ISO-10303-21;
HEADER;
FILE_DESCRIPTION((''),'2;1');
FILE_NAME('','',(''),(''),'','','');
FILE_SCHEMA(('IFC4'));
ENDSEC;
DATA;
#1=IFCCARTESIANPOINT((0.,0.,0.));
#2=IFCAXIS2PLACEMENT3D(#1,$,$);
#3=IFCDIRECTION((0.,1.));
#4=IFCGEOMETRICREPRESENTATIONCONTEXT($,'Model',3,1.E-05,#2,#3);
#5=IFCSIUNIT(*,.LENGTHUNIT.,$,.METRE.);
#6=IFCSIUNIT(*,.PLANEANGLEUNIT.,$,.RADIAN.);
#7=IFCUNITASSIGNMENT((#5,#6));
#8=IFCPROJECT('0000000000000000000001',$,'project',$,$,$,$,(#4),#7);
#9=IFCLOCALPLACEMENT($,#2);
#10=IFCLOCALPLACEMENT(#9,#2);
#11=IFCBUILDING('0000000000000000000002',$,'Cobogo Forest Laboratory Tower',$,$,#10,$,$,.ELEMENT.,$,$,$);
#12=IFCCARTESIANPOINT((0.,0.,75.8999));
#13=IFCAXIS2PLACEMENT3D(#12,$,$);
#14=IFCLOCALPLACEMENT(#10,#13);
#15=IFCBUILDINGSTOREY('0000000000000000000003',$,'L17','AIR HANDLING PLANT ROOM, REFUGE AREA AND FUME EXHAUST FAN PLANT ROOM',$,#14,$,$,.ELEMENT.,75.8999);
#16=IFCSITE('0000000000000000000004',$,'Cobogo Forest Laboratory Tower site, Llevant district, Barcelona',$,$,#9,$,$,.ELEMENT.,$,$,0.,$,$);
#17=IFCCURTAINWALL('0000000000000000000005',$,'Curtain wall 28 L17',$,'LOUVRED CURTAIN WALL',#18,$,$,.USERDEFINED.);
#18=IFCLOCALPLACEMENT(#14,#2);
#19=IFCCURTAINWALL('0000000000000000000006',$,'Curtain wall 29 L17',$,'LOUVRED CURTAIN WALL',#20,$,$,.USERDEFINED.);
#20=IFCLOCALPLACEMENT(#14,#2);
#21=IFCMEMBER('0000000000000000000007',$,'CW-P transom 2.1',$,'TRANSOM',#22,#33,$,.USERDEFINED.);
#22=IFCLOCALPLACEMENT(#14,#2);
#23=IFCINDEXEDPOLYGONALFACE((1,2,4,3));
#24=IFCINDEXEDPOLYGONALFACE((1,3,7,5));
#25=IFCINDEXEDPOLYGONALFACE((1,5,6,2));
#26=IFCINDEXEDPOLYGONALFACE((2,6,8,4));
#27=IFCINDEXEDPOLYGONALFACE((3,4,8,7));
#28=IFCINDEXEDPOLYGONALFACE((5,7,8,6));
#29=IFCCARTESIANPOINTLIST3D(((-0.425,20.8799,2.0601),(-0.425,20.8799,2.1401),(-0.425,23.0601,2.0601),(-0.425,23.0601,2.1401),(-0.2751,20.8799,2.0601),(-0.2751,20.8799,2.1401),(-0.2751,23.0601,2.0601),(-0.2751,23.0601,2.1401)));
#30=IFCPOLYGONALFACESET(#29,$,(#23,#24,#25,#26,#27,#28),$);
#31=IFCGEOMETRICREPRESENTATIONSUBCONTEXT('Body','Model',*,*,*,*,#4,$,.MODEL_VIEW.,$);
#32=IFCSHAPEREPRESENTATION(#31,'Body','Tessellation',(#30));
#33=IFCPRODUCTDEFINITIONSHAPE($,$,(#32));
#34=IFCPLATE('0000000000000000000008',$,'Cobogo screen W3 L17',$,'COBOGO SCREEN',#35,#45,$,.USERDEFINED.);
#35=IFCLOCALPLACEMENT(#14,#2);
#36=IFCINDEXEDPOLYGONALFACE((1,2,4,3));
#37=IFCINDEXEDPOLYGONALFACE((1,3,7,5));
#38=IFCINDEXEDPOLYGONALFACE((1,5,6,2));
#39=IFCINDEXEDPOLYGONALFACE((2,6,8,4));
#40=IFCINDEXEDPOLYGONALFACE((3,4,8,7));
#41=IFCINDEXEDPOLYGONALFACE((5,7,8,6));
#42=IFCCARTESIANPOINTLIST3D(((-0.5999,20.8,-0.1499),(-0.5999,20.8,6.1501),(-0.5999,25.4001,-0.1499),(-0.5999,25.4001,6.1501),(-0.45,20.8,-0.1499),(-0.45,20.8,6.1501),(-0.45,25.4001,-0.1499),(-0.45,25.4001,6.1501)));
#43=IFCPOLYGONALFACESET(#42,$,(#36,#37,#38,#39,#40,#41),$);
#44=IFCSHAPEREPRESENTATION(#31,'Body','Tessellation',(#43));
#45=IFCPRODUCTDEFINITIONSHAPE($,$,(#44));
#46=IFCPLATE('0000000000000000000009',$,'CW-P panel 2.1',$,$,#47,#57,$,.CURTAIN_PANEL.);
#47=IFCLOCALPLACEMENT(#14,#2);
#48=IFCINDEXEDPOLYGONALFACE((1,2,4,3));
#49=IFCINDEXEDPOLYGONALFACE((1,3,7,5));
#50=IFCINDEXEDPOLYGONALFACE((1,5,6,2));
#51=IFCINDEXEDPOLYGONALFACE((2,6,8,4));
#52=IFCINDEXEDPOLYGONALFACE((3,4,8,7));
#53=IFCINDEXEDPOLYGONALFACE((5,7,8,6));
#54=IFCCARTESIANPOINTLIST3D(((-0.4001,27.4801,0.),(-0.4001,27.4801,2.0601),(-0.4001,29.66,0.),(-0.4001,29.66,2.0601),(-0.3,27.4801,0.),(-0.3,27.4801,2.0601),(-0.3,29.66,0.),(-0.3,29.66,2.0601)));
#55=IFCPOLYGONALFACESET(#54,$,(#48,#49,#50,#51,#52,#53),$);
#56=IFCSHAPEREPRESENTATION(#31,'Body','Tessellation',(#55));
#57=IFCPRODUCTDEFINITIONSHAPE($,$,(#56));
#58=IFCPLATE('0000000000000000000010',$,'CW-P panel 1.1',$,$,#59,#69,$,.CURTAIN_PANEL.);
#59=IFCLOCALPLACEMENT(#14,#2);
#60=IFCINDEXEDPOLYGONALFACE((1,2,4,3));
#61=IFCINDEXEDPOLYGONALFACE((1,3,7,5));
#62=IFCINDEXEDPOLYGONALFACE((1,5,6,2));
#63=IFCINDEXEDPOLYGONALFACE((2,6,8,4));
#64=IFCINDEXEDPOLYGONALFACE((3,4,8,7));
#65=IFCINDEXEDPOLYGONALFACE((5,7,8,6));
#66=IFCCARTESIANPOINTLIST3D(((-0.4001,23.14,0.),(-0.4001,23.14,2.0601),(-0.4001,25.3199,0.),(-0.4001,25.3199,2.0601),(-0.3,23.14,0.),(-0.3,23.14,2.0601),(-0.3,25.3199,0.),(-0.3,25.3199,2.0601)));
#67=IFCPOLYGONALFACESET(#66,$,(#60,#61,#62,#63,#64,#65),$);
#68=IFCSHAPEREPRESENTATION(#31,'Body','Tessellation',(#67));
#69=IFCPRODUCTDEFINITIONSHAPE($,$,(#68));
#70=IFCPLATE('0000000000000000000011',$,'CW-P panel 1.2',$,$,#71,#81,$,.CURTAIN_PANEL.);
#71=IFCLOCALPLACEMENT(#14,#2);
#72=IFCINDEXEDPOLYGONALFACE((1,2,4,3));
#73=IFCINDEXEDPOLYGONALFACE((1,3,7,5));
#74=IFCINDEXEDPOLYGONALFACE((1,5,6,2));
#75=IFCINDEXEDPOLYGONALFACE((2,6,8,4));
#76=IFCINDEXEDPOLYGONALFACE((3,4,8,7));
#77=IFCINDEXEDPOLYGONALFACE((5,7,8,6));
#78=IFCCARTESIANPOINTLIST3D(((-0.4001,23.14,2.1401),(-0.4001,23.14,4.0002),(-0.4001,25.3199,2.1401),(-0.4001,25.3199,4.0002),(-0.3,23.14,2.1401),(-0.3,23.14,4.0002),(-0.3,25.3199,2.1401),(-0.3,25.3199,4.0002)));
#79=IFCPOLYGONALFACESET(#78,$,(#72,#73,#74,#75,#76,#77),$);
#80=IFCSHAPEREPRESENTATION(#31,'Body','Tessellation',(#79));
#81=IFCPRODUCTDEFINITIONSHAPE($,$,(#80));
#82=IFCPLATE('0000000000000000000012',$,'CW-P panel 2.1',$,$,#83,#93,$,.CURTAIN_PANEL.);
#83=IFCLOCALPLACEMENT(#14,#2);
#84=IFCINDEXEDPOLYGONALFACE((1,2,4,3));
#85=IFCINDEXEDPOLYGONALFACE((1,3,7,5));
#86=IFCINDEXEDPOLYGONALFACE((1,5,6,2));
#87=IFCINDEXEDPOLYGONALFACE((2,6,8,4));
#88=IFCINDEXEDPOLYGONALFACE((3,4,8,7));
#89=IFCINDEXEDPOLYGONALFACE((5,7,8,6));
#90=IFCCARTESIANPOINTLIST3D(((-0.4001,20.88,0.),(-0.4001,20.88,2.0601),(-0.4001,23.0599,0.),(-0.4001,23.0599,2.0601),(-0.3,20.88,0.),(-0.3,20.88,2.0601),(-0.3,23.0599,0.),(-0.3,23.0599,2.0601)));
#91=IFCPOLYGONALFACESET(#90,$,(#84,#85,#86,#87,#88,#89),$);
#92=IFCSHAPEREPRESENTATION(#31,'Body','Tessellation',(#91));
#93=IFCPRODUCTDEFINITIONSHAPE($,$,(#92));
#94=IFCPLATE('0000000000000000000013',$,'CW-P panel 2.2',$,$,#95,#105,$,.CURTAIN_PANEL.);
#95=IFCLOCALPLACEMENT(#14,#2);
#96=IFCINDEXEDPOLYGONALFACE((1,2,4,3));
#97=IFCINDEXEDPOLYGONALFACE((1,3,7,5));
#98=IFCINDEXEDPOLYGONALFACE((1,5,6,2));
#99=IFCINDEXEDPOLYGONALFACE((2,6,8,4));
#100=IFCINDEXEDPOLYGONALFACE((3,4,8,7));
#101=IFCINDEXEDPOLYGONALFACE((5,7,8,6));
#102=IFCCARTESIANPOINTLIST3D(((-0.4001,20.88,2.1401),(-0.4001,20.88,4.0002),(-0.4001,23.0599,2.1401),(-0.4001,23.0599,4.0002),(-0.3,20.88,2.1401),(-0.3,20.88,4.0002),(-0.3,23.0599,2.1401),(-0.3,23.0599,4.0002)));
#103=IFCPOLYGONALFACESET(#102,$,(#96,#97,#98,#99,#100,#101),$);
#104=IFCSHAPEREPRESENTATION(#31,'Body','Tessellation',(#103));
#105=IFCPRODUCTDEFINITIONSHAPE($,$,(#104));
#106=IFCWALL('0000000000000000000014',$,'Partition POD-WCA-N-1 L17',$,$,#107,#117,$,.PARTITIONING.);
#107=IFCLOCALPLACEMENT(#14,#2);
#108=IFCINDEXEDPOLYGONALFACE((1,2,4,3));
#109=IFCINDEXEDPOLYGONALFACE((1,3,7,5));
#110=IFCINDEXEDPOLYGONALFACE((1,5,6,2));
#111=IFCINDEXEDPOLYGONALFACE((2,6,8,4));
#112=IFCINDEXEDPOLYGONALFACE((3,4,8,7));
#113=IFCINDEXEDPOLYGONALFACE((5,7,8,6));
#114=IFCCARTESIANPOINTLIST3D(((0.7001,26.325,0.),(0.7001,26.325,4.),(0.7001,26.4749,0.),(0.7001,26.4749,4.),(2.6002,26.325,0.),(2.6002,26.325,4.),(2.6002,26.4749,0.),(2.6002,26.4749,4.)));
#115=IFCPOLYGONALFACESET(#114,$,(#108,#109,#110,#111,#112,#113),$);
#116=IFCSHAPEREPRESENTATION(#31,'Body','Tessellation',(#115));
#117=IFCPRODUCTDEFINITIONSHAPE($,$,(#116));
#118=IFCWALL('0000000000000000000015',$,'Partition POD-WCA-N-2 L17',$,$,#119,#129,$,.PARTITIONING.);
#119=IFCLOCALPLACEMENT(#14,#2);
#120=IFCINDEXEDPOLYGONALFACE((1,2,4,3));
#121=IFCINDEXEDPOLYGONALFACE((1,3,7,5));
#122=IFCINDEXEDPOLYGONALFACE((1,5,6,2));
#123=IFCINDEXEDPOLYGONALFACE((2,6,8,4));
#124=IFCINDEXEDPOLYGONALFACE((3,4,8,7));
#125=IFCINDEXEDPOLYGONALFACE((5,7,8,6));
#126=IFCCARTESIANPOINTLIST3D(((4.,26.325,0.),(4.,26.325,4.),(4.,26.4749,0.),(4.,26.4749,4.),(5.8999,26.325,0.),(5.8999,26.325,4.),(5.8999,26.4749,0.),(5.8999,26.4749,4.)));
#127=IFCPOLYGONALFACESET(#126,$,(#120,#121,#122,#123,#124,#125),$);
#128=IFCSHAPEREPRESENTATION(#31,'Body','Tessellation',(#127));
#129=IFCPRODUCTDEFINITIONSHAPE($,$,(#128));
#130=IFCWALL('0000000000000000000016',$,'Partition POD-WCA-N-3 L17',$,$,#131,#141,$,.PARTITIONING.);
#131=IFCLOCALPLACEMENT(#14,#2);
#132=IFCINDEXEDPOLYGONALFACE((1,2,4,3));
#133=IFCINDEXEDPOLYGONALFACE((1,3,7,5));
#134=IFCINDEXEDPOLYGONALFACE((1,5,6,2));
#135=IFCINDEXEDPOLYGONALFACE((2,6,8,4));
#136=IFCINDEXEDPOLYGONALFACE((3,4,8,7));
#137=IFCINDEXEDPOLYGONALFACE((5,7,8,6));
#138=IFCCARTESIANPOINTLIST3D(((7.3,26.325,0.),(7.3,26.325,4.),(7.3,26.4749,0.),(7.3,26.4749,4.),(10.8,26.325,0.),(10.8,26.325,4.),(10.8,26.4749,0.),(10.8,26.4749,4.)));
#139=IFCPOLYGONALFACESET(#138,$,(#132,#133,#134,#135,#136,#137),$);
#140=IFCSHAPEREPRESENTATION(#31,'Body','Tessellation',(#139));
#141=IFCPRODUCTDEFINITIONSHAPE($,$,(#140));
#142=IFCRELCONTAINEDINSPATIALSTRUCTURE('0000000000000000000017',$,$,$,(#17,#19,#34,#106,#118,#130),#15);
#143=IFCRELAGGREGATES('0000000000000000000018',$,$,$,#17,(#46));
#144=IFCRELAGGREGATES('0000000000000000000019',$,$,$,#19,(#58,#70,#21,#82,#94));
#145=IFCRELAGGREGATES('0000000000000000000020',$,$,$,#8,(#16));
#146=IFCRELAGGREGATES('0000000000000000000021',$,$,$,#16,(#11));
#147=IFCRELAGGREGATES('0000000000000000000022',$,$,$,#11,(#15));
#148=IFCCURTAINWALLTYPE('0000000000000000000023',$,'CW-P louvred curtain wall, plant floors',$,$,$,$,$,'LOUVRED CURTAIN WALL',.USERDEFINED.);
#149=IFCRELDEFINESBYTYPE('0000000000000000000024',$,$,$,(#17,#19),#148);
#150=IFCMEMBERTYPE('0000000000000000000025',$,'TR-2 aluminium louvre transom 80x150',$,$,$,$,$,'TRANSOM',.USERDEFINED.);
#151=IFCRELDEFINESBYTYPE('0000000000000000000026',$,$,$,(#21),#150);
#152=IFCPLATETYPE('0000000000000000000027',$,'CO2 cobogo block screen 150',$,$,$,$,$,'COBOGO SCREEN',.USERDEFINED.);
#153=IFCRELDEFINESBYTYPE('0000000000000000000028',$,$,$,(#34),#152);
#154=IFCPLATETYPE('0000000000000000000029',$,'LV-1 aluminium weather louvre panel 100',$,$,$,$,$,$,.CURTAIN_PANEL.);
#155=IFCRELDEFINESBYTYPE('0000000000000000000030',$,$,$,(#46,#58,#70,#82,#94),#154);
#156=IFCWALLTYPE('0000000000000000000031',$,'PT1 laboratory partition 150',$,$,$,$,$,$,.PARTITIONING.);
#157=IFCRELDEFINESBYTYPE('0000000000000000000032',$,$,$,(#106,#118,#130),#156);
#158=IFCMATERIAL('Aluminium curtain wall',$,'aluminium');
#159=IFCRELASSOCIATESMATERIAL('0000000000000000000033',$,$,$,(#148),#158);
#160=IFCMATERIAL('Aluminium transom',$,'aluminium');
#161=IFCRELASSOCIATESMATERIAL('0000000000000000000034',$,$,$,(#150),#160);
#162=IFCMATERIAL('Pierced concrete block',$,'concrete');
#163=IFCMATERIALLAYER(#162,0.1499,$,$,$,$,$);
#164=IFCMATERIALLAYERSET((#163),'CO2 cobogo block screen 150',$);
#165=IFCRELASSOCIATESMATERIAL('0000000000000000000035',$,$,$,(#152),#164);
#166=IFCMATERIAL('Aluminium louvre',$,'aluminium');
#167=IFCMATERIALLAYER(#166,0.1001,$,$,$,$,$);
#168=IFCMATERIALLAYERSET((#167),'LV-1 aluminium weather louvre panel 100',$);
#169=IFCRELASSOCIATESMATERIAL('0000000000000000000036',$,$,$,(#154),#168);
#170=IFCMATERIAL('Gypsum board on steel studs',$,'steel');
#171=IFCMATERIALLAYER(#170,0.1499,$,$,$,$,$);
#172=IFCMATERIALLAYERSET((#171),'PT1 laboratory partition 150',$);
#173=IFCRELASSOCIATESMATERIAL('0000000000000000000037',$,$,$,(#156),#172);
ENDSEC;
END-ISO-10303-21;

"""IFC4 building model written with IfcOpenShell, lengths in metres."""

from ifc_helpers import new_model, si_unit, direction, frame, frame_2d, origin, origin_2d, place, context, subcontext, project, spatial, rectangle, extrude, material, layer, layer_set, material_profile, profile_set, type_object, element, aggregate, save


model = new_model("IFC4")

# Units and contexts
model_context = context("Model", 3, precision=1e-05, world=origin(), true_north=direction((0.0, 1.0)))
body_context = subcontext(model_context, "Body", "Model", "MODEL_VIEW")
ifc_project = project(units=[si_unit("LENGTHUNIT", "METRE"), si_unit("PLANEANGLEUNIT", "RADIAN")], contexts=[model_context])

# Site, building, storey
site_placement = place(None, origin())
site = spatial("IfcSite", under=ifc_project, at=site_placement, Name="Cobogo Forest Laboratory Tower site, Llevant district, Barcelona", CompositionType="ELEMENT", RefElevation=0.0)
building_placement = place(site_placement, origin())
building = spatial("IfcBuilding", under=site, at=building_placement, Name="Cobogo Forest Laboratory Tower", CompositionType="ELEMENT")
storey_placement = place(building_placement, frame((0.0, 0.0, 75.8999)))
storey = spatial("IfcBuildingStorey", under=building, at=storey_placement, Name="L17", Description="AIR HANDLING PLANT ROOM, REFUGE AREA AND FUME EXHAUST FAN PLANT ROOM", CompositionType="ELEMENT", Elevation=75.8999)

# Curtain wall
ifc_material_1 = material(Name="Aluminium curtain wall", Category="aluminium")
curtain_wall_type = type_object("IfcCurtainWallType", Name="CW-P louvred curtain wall, plant floors", ElementType="LOUVRED CURTAIN WALL", PredefinedType="USERDEFINED", material=ifc_material_1)
curtain_wall_1_placement = place(storey_placement, origin())
curtain_wall_1 = element("IfcCurtainWall", 1, at=curtain_wall_1_placement, inside=storey, type_object=curtain_wall_type, Name="Curtain wall 28 L17", ObjectType="LOUVRED CURTAIN WALL", PredefinedType="USERDEFINED")

# Curtain wall
curtain_wall_2_placement = place(storey_placement, origin())
curtain_wall_2 = element("IfcCurtainWall", 2, at=curtain_wall_2_placement, inside=storey, type_object=curtain_wall_type, Name="Curtain wall 29 L17", ObjectType="LOUVRED CURTAIN WALL", PredefinedType="USERDEFINED")

# Member
ifc_material_2 = material(Name="Aluminium transom", Category="aluminium")
ifc_material_profile_1 = material_profile(ifc_material_2, rectangle(XDim=0.1499, YDim=0.0801, at=origin_2d()), Name="AL 80x150")
ifc_profile_set_1 = profile_set([ifc_material_profile_1], Name="Aluminium transom")
member_type_1 = type_object("IfcMemberType", Name="TR-2 aluminium louvre transom 80x150", ElementType="TRANSOM", PredefinedType="USERDEFINED", material=ifc_profile_set_1)
member_1_placement = place(storey_placement, frame((-0.3501, 23.0601, 2.1001), z_axis=(0.0, -1.0, 0.0), x_axis=(1.0, 0.0, 0.0)))
member_1 = element("IfcMember", 3, at=member_1_placement, type_object=member_type_1, Name="CW-P transom 2.1", ObjectType="TRANSOM", PredefinedType="USERDEFINED", context=body_context, shape_type="SweptSolid", body=[
    extrude(rectangle(XDim=0.1499, YDim=0.0801, at=origin_2d()), origin(), (0.0, 0.0, 1.0), 2.1802),
])

# Plates
ifc_material_3 = material(Name="Pierced concrete block", Category="concrete")
ifc_layer_1 = layer(ifc_material_3, 0.1499)
ifc_layer_set_1 = layer_set([ifc_layer_1], Name="CO2 cobogo block screen 150")
plate_type_1 = type_object("IfcPlateType", Name="CO2 cobogo block screen 150", ElementType="COBOGO SCREEN", PredefinedType="USERDEFINED", material=ifc_layer_set_1)
plate_1_placement = place(storey_placement, frame((-0.5249, 23.1001, -0.1499), z_axis=(0.0, 0.0, 1.0), x_axis=(0.0, 1.0, 0.0)))
element("IfcPlate", 4, at=plate_1_placement, inside=storey, type_object=plate_type_1, Name="Cobogo screen W3 L17", ObjectType="COBOGO SCREEN", PredefinedType="USERDEFINED", context=body_context, shape_type="SweptSolid", body=[
    extrude(rectangle(XDim=4.6001, YDim=0.1499, at=origin_2d()), origin(), (0.0, 0.0, 1.0), 6.3),
])
ifc_material_4 = material(Name="Aluminium louvre", Category="aluminium")
ifc_layer_2 = layer(ifc_material_4, 0.1001)
ifc_layer_set_2 = layer_set([ifc_layer_2], Name="LV-1 aluminium weather louvre panel 100")
plate_type_2 = type_object("IfcPlateType", Name="LV-1 aluminium weather louvre panel 100", PredefinedType="CURTAIN_PANEL", material=ifc_layer_set_2)
plate_2_placement = place(storey_placement, frame((-0.3501, 28.5701, 0.0), z_axis=(0.0, 0.0, 1.0), x_axis=(0.0, -1.0, 0.0)))
plate_2 = element("IfcPlate", 5, at=plate_2_placement, type_object=plate_type_2, Name="CW-P panel 2.1", PredefinedType="CURTAIN_PANEL", context=body_context, shape_type="SweptSolid", body=[
    extrude(rectangle(XDim=2.1799, YDim=0.1001, at=origin_2d()), origin(), (0.0, 0.0, 1.0), 2.0601),
])
aggregate(curtain_wall_1, [plate_2])
plate_3_placement = place(storey_placement, frame((-0.3501, 24.23, 0.0), z_axis=(0.0, 0.0, 1.0), x_axis=(0.0, -1.0, 0.0)))
plate_3 = element("IfcPlate", 6, at=plate_3_placement, type_object=plate_type_2, Name="CW-P panel 1.1", PredefinedType="CURTAIN_PANEL", context=body_context, shape_type="SweptSolid", body=[
    extrude(rectangle(XDim=2.1799, YDim=0.1001, at=origin_2d()), origin(), (0.0, 0.0, 1.0), 2.0601),
])
plate_4_placement = place(storey_placement, frame((-0.3501, 24.23, 2.1401), z_axis=(0.0, 0.0, 1.0), x_axis=(0.0, -1.0, 0.0)))
plate_4 = element("IfcPlate", 7, at=plate_4_placement, type_object=plate_type_2, Name="CW-P panel 1.2", PredefinedType="CURTAIN_PANEL", context=body_context, shape_type="SweptSolid", body=[
    extrude(rectangle(XDim=2.1799, YDim=0.1001, at=origin_2d()), origin(), (0.0, 0.0, 1.0), 1.8601),
])
plate_5_placement = place(storey_placement, frame((-0.3501, 21.97, 0.0), z_axis=(0.0, 0.0, 1.0), x_axis=(0.0, -1.0, 0.0)))
plate_5 = element("IfcPlate", 8, at=plate_5_placement, type_object=plate_type_2, Name="CW-P panel 2.1", PredefinedType="CURTAIN_PANEL", context=body_context, shape_type="SweptSolid", body=[
    extrude(rectangle(XDim=2.1799, YDim=0.1001, at=origin_2d()), origin(), (0.0, 0.0, 1.0), 2.0601),
])
plate_6_placement = place(storey_placement, frame((-0.3501, 21.97, 2.1401), z_axis=(0.0, 0.0, 1.0), x_axis=(0.0, -1.0, 0.0)))
plate_6 = element("IfcPlate", 9, at=plate_6_placement, type_object=plate_type_2, Name="CW-P panel 2.2", PredefinedType="CURTAIN_PANEL", context=body_context, shape_type="SweptSolid", body=[
    extrude(rectangle(XDim=2.1799, YDim=0.1001, at=origin_2d()), origin(), (0.0, 0.0, 1.0), 1.8601),
])
aggregate(curtain_wall_2, [plate_3, plate_4, member_1, plate_5, plate_6])

# Walls
ifc_material_5 = material(Name="Gypsum board on steel studs", Category="steel")
ifc_layer_3 = layer(ifc_material_5, 0.1499)
ifc_layer_set_3 = layer_set([ifc_layer_3], Name="PT1 laboratory partition 150")
wall_type_1 = type_object("IfcWallType", Name="PT1 laboratory partition 150", PredefinedType="PARTITIONING", material=ifc_layer_set_3)
wall_1_placement = place(storey_placement, frame((0.7, 26.3999, 0.0), z_axis=(0.0, 0.0, 1.0), x_axis=(1.0, 0.0, 0.0)))
element("IfcWall", 10, at=wall_1_placement, inside=storey, type_object=wall_type_1, Name="Partition POD-WCA-N-1 L17", PredefinedType="PARTITIONING", context=body_context, shape_type="SweptSolid", body=[
    extrude(rectangle(XDim=1.9001, YDim=0.1499, at=frame_2d((0.9502, 0.0))), origin(), (0.0, 0.0, 1.0), 4.0),
])
wall_2_placement = place(storey_placement, frame((4.0, 26.3999, 0.0), z_axis=(0.0, 0.0, 1.0), x_axis=(1.0, 0.0, 0.0)))
element("IfcWall", 11, at=wall_2_placement, inside=storey, type_object=wall_type_1, Name="Partition POD-WCA-N-2 L17", PredefinedType="PARTITIONING", context=body_context, shape_type="SweptSolid", body=[
    extrude(rectangle(XDim=1.8999, YDim=0.1499, at=frame_2d((0.95, 0.0))), origin(), (0.0, 0.0, 1.0), 4.0),
])
wall_3_placement = place(storey_placement, frame((7.3, 26.3999, 0.0), z_axis=(0.0, 0.0, 1.0), x_axis=(1.0, 0.0, 0.0)))
element("IfcWall", 12, at=wall_3_placement, inside=storey, type_object=wall_type_1, Name="Partition POD-WCA-N-3 L17", PredefinedType="PARTITIONING", context=body_context, shape_type="SweptSolid", body=[
    extrude(rectangle(XDim=3.5, YDim=0.1499, at=frame_2d((1.75, 0.0))), origin(), (0.0, 0.0, 1.0), 4.0),
])

save(model, "model.ifc")
